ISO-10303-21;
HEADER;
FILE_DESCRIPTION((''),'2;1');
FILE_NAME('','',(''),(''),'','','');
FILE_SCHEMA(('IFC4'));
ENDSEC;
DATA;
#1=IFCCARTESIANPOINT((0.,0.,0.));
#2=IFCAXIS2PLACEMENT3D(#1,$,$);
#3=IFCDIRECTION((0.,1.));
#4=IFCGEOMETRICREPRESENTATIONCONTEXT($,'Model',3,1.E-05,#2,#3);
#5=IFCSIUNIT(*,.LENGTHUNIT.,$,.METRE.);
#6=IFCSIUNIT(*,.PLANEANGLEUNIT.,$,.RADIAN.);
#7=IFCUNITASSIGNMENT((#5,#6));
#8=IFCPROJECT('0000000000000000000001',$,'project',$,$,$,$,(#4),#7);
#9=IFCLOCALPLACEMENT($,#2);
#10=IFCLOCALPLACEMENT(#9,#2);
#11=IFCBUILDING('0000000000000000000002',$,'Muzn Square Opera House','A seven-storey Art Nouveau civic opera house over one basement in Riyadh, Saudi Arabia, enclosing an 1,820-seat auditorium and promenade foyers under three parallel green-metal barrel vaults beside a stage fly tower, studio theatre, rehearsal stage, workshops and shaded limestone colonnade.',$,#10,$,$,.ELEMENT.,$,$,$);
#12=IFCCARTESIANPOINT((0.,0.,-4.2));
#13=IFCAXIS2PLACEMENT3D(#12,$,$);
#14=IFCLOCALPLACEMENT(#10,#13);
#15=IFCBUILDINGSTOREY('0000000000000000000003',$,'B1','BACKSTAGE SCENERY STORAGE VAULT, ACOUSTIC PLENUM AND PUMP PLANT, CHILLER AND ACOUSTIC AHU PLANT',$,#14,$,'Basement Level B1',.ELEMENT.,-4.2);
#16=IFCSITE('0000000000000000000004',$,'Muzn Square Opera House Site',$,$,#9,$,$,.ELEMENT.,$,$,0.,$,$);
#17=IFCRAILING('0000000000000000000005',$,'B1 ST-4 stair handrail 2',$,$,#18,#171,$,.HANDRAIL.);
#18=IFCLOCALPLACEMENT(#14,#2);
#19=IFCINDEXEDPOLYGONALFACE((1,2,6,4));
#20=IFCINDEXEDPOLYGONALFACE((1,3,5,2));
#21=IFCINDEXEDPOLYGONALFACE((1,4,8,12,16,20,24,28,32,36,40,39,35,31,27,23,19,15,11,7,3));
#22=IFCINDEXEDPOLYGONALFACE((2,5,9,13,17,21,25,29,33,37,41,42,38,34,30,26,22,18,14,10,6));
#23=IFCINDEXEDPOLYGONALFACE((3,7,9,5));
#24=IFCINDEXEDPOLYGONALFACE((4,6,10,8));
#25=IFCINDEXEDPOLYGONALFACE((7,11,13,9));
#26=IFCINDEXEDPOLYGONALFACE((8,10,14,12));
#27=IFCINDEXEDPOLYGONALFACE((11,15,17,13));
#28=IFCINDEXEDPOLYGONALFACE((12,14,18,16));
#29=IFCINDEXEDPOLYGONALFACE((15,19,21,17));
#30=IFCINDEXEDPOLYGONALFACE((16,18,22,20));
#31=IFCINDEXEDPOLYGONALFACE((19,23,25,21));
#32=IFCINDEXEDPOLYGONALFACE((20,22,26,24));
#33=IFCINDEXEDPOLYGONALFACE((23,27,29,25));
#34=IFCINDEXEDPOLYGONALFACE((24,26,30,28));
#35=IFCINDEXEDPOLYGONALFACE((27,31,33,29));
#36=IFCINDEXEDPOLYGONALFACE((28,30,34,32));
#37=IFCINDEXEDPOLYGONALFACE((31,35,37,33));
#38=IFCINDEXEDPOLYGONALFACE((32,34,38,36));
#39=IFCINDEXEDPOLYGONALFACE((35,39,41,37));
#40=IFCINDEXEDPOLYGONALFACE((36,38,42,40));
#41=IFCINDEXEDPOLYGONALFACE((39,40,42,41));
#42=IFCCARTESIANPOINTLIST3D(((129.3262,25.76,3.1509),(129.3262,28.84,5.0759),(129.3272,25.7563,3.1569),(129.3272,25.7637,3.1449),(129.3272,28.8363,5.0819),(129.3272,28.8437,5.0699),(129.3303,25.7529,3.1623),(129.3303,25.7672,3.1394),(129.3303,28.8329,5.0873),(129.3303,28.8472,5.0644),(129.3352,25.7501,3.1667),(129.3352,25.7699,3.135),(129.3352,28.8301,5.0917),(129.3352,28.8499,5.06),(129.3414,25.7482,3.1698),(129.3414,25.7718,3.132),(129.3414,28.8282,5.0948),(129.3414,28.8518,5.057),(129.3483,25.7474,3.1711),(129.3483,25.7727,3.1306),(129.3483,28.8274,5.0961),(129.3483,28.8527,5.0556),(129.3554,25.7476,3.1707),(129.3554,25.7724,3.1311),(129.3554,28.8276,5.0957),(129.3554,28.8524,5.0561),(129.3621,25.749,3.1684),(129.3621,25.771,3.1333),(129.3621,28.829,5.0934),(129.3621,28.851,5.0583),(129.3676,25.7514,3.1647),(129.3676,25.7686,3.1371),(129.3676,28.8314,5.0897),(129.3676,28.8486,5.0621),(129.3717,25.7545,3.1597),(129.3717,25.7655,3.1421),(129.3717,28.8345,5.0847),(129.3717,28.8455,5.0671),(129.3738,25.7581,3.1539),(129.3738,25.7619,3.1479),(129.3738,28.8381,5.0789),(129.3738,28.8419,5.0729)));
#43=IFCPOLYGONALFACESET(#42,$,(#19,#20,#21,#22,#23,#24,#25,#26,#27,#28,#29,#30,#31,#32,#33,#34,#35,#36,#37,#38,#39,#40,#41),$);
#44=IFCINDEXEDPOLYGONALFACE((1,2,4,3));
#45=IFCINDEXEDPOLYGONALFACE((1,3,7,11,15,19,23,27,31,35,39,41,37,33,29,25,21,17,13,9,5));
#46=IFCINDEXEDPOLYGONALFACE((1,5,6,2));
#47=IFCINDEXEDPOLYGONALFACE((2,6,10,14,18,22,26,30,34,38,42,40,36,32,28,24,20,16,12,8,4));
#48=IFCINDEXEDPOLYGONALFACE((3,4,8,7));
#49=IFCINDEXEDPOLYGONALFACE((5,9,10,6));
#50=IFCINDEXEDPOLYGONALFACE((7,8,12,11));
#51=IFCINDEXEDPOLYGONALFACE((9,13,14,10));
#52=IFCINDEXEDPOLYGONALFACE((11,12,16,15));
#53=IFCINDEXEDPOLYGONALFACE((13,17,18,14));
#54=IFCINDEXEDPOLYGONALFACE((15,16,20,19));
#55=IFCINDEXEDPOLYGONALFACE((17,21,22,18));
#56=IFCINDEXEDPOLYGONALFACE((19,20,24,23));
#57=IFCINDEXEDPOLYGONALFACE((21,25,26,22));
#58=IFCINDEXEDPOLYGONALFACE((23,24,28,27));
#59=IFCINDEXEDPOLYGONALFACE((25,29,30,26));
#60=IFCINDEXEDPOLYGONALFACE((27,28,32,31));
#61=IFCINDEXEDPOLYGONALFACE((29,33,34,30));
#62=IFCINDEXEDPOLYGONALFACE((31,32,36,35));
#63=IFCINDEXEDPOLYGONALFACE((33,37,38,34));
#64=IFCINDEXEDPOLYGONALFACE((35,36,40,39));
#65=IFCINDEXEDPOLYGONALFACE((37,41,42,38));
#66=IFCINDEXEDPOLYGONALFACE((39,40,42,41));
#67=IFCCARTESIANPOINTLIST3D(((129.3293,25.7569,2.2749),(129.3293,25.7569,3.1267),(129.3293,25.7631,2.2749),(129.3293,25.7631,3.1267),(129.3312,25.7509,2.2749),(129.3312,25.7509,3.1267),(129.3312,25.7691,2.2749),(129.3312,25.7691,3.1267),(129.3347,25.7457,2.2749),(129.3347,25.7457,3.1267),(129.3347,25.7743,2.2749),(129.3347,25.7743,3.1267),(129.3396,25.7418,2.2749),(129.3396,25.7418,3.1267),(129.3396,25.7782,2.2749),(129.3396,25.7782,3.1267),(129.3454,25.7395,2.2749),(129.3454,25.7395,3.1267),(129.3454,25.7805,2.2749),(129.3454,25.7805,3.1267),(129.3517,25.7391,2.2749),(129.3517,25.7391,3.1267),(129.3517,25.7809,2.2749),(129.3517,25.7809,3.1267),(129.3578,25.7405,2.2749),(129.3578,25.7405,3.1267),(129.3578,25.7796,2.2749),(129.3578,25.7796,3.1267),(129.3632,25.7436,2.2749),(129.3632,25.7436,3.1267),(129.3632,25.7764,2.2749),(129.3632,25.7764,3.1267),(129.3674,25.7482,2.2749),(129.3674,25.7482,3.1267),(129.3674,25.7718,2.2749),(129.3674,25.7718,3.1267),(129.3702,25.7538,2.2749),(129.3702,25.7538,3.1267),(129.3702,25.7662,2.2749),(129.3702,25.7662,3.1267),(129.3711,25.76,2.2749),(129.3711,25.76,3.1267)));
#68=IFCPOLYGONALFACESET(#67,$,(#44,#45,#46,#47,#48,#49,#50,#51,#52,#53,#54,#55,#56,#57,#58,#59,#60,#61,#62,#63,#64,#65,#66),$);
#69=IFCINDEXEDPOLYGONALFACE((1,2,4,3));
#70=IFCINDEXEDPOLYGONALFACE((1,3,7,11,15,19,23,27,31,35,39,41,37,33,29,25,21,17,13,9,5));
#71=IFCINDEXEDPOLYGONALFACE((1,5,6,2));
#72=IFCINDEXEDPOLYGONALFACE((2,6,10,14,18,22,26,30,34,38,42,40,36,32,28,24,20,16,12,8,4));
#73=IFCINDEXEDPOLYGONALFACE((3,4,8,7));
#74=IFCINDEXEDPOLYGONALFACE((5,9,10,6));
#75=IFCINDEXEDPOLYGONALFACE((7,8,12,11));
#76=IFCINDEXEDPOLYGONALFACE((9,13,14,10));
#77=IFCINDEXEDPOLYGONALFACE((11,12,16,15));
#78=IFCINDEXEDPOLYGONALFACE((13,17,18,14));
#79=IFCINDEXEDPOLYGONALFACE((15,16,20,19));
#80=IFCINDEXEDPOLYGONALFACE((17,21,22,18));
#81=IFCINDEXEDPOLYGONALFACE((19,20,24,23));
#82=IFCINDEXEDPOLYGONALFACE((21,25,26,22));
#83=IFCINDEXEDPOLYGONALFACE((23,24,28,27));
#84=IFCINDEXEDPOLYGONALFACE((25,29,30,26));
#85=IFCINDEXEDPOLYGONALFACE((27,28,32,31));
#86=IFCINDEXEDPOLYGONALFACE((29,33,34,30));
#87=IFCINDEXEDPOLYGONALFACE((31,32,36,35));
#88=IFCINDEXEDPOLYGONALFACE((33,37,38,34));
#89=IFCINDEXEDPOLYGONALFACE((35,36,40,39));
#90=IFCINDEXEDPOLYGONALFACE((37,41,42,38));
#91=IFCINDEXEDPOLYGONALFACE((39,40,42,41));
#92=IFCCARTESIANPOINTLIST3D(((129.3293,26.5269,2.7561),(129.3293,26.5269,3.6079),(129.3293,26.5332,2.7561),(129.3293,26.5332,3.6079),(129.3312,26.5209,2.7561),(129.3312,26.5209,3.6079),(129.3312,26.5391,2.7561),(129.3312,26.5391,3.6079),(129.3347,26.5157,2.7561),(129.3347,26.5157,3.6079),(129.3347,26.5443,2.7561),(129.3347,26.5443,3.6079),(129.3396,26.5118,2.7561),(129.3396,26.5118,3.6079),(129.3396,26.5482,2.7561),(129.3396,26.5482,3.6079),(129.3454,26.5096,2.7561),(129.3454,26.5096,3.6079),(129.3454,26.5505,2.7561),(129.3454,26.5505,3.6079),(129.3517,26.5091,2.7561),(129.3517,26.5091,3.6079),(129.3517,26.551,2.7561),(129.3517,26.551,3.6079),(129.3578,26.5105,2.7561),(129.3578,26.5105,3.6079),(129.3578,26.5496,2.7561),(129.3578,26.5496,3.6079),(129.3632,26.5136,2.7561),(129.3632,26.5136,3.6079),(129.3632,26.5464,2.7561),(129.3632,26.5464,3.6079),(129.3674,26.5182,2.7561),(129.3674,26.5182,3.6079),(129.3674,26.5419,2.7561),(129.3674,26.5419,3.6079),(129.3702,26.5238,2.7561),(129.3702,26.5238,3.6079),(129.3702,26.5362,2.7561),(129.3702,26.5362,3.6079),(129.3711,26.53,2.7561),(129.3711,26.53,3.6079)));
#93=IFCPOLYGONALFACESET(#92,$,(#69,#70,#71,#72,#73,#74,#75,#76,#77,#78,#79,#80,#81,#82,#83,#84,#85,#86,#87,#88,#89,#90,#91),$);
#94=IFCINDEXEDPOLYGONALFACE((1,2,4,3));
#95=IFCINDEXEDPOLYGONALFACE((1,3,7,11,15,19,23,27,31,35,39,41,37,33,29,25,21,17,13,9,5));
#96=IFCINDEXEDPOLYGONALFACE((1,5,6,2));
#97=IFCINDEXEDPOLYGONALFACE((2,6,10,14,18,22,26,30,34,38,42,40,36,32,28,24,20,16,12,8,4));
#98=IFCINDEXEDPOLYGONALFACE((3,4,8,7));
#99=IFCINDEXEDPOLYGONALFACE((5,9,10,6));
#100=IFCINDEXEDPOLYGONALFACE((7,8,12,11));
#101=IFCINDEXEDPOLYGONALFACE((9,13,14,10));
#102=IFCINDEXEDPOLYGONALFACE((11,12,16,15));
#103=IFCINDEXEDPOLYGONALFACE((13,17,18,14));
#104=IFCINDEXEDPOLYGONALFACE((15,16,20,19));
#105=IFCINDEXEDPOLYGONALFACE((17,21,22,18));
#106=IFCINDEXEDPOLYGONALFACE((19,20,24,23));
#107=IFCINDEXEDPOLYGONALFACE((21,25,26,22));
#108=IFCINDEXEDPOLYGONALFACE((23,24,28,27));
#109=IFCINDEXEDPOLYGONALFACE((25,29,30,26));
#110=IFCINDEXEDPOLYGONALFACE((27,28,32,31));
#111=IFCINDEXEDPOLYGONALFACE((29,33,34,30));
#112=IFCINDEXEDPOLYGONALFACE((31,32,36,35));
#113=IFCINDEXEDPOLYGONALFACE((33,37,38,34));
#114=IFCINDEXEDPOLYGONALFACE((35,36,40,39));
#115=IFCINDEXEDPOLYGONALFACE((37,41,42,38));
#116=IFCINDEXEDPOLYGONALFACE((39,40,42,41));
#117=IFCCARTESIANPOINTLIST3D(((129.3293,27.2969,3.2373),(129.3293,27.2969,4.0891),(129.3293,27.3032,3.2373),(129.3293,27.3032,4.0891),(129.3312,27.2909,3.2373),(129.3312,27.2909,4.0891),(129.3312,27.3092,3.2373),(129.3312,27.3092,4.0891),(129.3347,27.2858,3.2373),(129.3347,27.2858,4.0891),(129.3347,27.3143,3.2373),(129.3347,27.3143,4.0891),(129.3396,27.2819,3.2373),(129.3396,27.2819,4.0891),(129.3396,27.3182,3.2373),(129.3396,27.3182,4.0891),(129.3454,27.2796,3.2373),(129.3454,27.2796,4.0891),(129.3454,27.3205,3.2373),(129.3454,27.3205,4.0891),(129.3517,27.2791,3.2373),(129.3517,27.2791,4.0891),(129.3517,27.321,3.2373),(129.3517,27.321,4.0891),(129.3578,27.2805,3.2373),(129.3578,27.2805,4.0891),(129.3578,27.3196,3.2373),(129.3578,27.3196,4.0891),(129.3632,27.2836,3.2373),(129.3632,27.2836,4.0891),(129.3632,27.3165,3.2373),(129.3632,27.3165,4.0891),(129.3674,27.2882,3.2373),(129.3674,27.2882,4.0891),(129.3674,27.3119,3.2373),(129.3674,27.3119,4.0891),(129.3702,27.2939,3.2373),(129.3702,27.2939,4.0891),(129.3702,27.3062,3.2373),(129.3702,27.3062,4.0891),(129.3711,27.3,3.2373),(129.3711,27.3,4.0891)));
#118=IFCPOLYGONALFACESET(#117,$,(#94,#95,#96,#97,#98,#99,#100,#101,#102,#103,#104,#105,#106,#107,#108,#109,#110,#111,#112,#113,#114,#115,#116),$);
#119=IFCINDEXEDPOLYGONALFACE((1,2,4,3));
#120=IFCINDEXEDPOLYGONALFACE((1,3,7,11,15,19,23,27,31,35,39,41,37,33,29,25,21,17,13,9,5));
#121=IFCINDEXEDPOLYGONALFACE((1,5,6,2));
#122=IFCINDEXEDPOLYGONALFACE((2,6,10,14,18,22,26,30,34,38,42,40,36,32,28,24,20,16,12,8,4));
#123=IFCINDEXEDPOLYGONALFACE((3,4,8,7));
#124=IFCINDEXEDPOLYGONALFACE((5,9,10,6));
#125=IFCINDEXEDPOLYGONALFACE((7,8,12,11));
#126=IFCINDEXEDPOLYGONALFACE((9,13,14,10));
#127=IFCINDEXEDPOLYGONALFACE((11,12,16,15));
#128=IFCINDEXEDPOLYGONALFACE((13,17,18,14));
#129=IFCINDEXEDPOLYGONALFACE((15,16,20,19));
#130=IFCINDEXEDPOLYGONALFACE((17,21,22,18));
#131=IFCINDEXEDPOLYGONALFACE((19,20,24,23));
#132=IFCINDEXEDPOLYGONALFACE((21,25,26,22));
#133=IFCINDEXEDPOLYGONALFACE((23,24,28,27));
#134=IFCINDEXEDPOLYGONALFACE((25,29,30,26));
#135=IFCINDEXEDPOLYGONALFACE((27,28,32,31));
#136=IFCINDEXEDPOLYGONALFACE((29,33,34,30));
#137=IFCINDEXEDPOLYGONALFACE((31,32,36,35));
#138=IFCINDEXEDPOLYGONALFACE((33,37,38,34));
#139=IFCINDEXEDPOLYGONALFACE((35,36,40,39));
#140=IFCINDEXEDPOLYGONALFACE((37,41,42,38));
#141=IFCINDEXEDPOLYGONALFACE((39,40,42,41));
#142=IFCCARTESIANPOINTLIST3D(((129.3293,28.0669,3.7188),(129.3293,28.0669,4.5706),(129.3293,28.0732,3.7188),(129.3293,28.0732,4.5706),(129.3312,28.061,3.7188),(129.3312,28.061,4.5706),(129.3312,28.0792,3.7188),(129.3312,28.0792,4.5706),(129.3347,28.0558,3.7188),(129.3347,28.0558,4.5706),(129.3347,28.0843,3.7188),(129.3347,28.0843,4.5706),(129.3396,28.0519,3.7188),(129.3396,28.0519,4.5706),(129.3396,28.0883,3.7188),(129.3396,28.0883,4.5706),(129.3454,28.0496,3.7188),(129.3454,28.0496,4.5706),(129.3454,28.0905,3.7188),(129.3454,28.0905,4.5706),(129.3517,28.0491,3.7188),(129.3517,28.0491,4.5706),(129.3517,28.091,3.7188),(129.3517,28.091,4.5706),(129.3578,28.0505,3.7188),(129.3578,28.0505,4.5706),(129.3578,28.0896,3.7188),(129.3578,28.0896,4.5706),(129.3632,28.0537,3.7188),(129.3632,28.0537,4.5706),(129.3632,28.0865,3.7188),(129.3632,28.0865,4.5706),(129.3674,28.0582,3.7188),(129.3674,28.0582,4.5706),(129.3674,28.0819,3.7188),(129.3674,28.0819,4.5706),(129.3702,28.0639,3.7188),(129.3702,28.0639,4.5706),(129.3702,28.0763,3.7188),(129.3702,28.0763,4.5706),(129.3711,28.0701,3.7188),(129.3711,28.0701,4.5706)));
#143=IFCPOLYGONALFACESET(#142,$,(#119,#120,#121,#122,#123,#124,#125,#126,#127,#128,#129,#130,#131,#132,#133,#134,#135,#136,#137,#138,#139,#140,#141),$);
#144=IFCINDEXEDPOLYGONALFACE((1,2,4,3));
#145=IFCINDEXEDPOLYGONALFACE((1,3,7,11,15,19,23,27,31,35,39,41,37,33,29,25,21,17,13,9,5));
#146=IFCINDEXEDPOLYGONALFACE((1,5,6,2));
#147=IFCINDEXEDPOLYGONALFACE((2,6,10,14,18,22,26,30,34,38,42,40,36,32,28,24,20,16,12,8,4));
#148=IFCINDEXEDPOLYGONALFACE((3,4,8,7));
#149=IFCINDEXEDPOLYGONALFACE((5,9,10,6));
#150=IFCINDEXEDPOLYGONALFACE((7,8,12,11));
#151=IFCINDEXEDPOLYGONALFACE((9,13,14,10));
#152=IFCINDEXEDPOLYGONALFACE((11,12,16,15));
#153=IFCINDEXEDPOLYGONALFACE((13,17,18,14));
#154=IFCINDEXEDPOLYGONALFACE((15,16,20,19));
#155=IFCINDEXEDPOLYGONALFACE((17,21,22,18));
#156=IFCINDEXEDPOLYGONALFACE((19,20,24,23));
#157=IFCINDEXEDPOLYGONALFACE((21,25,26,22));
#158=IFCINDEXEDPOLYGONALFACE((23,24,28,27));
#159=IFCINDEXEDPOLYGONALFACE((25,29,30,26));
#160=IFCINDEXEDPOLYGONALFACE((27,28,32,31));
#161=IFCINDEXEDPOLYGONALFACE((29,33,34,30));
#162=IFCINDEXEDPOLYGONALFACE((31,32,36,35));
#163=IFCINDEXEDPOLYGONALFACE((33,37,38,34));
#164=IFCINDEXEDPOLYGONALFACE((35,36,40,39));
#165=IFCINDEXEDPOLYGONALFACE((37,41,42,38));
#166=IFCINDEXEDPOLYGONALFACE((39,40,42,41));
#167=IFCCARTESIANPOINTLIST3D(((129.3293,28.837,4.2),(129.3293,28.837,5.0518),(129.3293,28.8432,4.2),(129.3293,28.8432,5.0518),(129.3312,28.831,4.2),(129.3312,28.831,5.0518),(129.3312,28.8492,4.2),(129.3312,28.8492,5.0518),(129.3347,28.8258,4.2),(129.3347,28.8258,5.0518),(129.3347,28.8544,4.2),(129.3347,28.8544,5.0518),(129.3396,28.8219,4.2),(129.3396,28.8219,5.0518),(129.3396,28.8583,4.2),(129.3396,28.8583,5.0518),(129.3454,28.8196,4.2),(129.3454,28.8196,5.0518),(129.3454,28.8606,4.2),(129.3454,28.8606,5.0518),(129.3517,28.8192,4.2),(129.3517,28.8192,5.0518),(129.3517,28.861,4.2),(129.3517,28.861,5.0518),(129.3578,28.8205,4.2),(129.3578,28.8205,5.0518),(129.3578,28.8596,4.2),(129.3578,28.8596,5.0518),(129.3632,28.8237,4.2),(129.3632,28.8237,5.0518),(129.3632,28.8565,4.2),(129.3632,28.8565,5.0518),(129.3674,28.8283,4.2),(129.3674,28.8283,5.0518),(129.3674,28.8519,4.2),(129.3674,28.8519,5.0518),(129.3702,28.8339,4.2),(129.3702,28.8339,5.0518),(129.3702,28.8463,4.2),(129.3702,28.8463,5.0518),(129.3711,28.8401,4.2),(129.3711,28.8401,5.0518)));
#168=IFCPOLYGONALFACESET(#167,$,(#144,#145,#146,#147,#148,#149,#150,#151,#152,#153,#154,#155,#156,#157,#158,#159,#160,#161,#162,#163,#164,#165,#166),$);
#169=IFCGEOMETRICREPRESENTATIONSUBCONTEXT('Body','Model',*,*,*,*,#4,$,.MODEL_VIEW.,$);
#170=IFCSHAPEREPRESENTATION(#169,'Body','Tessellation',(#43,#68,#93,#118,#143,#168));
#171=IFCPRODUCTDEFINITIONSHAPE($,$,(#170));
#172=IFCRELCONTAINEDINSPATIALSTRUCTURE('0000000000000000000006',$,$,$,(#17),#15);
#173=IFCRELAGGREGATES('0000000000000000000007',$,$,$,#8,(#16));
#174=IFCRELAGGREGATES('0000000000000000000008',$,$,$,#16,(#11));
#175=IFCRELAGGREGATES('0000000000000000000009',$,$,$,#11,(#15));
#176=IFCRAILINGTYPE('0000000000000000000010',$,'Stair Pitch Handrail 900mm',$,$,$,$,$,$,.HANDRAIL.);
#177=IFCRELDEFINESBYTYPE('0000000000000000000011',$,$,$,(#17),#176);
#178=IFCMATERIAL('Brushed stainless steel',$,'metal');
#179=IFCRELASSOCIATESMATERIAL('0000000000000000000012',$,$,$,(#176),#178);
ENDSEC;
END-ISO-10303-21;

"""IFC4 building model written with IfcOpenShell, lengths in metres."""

from ifc_helpers import new_model, si_unit, direction, frame, origin, origin_2d, place, context, subcontext, project, spatial, circle, extrude, material, type_object, element, save


model = new_model("IFC4")

# Units and contexts
model_context = context("Model", 3, precision=1e-05, world=origin(), true_north=direction((0.0, 1.0)))
body_context = subcontext(model_context, "Body", "Model", "MODEL_VIEW")
ifc_project = project(units=[si_unit("LENGTHUNIT", "METRE"), si_unit("PLANEANGLEUNIT", "RADIAN")], contexts=[model_context])

# Site, building, storey
site_placement = place(None, origin())
site = spatial("IfcSite", under=ifc_project, at=site_placement, Name="Muzn Square Opera House Site", CompositionType="ELEMENT", RefElevation=0.0)
building_placement = place(site_placement, origin())
building = spatial("IfcBuilding", under=site, at=building_placement, Name="Muzn Square Opera House", Description="A seven-storey Art Nouveau civic opera house over one basement in Riyadh, Saudi Arabia, enclosing an 1,820-seat auditorium and promenade foyers under three parallel green-metal barrel vaults beside a stage fly tower, studio theatre, rehearsal stage, workshops and shaded limestone colonnade.", CompositionType="ELEMENT")
storey_placement = place(building_placement, frame((0.0, 0.0, -4.2)))
storey = spatial("IfcBuildingStorey", under=building, at=storey_placement, Name="B1", Description="BACKSTAGE SCENERY STORAGE VAULT, ACOUSTIC PLENUM AND PUMP PLANT, CHILLER AND ACOUSTIC AHU PLANT", LongName="Basement Level B1", CompositionType="ELEMENT", Elevation=-4.2)

# Railing
ifc_material_1 = material(Name="Brushed stainless steel", Category="metal")
railing_type_1 = type_object("IfcRailingType", Name="Stair Pitch Handrail 900mm", PredefinedType="HANDRAIL", material=ifc_material_1)
railing_1_placement = place(storey_placement, frame((129.3501, 25.76, 2.2749)))
element("IfcRailing", 1, at=railing_1_placement, inside=storey, type_object=railing_type_1, Name="B1 ST-4 stair handrail 2", PredefinedType="HANDRAIL", context=body_context, shape_type="SweptSolid", body=[
    extrude(circle(Radius=0.0239, at=origin_2d()), frame((0.0, 0.0, 0.876), z_axis=(0.0, 0.847998, 0.529999), x_axis=(-1.0, 0.0, 0.0)), (0.0, 0.0, 1.0), 3.6321),
    extrude(circle(Radius=0.021, at=origin_2d()), origin(), (0.0, 0.0, 1.0), 0.8518),
    extrude(circle(Radius=0.021, at=origin_2d()), frame((0.0, 0.77, 0.4812)), (0.0, 0.0, 1.0), 0.8518),
    extrude(circle(Radius=0.021, at=origin_2d()), frame((0.0, 1.54, 0.9624)), (0.0, 0.0, 1.0), 0.8518),
    extrude(circle(Radius=0.021, at=origin_2d()), frame((0.0, 2.3101, 1.4438)), (0.0, 0.0, 1.0), 0.8518),
    extrude(circle(Radius=0.021, at=origin_2d()), frame((0.0, 3.0801, 1.925)), (0.0, 0.0, 1.0), 0.8518),
])

save(model, "model.ifc")
